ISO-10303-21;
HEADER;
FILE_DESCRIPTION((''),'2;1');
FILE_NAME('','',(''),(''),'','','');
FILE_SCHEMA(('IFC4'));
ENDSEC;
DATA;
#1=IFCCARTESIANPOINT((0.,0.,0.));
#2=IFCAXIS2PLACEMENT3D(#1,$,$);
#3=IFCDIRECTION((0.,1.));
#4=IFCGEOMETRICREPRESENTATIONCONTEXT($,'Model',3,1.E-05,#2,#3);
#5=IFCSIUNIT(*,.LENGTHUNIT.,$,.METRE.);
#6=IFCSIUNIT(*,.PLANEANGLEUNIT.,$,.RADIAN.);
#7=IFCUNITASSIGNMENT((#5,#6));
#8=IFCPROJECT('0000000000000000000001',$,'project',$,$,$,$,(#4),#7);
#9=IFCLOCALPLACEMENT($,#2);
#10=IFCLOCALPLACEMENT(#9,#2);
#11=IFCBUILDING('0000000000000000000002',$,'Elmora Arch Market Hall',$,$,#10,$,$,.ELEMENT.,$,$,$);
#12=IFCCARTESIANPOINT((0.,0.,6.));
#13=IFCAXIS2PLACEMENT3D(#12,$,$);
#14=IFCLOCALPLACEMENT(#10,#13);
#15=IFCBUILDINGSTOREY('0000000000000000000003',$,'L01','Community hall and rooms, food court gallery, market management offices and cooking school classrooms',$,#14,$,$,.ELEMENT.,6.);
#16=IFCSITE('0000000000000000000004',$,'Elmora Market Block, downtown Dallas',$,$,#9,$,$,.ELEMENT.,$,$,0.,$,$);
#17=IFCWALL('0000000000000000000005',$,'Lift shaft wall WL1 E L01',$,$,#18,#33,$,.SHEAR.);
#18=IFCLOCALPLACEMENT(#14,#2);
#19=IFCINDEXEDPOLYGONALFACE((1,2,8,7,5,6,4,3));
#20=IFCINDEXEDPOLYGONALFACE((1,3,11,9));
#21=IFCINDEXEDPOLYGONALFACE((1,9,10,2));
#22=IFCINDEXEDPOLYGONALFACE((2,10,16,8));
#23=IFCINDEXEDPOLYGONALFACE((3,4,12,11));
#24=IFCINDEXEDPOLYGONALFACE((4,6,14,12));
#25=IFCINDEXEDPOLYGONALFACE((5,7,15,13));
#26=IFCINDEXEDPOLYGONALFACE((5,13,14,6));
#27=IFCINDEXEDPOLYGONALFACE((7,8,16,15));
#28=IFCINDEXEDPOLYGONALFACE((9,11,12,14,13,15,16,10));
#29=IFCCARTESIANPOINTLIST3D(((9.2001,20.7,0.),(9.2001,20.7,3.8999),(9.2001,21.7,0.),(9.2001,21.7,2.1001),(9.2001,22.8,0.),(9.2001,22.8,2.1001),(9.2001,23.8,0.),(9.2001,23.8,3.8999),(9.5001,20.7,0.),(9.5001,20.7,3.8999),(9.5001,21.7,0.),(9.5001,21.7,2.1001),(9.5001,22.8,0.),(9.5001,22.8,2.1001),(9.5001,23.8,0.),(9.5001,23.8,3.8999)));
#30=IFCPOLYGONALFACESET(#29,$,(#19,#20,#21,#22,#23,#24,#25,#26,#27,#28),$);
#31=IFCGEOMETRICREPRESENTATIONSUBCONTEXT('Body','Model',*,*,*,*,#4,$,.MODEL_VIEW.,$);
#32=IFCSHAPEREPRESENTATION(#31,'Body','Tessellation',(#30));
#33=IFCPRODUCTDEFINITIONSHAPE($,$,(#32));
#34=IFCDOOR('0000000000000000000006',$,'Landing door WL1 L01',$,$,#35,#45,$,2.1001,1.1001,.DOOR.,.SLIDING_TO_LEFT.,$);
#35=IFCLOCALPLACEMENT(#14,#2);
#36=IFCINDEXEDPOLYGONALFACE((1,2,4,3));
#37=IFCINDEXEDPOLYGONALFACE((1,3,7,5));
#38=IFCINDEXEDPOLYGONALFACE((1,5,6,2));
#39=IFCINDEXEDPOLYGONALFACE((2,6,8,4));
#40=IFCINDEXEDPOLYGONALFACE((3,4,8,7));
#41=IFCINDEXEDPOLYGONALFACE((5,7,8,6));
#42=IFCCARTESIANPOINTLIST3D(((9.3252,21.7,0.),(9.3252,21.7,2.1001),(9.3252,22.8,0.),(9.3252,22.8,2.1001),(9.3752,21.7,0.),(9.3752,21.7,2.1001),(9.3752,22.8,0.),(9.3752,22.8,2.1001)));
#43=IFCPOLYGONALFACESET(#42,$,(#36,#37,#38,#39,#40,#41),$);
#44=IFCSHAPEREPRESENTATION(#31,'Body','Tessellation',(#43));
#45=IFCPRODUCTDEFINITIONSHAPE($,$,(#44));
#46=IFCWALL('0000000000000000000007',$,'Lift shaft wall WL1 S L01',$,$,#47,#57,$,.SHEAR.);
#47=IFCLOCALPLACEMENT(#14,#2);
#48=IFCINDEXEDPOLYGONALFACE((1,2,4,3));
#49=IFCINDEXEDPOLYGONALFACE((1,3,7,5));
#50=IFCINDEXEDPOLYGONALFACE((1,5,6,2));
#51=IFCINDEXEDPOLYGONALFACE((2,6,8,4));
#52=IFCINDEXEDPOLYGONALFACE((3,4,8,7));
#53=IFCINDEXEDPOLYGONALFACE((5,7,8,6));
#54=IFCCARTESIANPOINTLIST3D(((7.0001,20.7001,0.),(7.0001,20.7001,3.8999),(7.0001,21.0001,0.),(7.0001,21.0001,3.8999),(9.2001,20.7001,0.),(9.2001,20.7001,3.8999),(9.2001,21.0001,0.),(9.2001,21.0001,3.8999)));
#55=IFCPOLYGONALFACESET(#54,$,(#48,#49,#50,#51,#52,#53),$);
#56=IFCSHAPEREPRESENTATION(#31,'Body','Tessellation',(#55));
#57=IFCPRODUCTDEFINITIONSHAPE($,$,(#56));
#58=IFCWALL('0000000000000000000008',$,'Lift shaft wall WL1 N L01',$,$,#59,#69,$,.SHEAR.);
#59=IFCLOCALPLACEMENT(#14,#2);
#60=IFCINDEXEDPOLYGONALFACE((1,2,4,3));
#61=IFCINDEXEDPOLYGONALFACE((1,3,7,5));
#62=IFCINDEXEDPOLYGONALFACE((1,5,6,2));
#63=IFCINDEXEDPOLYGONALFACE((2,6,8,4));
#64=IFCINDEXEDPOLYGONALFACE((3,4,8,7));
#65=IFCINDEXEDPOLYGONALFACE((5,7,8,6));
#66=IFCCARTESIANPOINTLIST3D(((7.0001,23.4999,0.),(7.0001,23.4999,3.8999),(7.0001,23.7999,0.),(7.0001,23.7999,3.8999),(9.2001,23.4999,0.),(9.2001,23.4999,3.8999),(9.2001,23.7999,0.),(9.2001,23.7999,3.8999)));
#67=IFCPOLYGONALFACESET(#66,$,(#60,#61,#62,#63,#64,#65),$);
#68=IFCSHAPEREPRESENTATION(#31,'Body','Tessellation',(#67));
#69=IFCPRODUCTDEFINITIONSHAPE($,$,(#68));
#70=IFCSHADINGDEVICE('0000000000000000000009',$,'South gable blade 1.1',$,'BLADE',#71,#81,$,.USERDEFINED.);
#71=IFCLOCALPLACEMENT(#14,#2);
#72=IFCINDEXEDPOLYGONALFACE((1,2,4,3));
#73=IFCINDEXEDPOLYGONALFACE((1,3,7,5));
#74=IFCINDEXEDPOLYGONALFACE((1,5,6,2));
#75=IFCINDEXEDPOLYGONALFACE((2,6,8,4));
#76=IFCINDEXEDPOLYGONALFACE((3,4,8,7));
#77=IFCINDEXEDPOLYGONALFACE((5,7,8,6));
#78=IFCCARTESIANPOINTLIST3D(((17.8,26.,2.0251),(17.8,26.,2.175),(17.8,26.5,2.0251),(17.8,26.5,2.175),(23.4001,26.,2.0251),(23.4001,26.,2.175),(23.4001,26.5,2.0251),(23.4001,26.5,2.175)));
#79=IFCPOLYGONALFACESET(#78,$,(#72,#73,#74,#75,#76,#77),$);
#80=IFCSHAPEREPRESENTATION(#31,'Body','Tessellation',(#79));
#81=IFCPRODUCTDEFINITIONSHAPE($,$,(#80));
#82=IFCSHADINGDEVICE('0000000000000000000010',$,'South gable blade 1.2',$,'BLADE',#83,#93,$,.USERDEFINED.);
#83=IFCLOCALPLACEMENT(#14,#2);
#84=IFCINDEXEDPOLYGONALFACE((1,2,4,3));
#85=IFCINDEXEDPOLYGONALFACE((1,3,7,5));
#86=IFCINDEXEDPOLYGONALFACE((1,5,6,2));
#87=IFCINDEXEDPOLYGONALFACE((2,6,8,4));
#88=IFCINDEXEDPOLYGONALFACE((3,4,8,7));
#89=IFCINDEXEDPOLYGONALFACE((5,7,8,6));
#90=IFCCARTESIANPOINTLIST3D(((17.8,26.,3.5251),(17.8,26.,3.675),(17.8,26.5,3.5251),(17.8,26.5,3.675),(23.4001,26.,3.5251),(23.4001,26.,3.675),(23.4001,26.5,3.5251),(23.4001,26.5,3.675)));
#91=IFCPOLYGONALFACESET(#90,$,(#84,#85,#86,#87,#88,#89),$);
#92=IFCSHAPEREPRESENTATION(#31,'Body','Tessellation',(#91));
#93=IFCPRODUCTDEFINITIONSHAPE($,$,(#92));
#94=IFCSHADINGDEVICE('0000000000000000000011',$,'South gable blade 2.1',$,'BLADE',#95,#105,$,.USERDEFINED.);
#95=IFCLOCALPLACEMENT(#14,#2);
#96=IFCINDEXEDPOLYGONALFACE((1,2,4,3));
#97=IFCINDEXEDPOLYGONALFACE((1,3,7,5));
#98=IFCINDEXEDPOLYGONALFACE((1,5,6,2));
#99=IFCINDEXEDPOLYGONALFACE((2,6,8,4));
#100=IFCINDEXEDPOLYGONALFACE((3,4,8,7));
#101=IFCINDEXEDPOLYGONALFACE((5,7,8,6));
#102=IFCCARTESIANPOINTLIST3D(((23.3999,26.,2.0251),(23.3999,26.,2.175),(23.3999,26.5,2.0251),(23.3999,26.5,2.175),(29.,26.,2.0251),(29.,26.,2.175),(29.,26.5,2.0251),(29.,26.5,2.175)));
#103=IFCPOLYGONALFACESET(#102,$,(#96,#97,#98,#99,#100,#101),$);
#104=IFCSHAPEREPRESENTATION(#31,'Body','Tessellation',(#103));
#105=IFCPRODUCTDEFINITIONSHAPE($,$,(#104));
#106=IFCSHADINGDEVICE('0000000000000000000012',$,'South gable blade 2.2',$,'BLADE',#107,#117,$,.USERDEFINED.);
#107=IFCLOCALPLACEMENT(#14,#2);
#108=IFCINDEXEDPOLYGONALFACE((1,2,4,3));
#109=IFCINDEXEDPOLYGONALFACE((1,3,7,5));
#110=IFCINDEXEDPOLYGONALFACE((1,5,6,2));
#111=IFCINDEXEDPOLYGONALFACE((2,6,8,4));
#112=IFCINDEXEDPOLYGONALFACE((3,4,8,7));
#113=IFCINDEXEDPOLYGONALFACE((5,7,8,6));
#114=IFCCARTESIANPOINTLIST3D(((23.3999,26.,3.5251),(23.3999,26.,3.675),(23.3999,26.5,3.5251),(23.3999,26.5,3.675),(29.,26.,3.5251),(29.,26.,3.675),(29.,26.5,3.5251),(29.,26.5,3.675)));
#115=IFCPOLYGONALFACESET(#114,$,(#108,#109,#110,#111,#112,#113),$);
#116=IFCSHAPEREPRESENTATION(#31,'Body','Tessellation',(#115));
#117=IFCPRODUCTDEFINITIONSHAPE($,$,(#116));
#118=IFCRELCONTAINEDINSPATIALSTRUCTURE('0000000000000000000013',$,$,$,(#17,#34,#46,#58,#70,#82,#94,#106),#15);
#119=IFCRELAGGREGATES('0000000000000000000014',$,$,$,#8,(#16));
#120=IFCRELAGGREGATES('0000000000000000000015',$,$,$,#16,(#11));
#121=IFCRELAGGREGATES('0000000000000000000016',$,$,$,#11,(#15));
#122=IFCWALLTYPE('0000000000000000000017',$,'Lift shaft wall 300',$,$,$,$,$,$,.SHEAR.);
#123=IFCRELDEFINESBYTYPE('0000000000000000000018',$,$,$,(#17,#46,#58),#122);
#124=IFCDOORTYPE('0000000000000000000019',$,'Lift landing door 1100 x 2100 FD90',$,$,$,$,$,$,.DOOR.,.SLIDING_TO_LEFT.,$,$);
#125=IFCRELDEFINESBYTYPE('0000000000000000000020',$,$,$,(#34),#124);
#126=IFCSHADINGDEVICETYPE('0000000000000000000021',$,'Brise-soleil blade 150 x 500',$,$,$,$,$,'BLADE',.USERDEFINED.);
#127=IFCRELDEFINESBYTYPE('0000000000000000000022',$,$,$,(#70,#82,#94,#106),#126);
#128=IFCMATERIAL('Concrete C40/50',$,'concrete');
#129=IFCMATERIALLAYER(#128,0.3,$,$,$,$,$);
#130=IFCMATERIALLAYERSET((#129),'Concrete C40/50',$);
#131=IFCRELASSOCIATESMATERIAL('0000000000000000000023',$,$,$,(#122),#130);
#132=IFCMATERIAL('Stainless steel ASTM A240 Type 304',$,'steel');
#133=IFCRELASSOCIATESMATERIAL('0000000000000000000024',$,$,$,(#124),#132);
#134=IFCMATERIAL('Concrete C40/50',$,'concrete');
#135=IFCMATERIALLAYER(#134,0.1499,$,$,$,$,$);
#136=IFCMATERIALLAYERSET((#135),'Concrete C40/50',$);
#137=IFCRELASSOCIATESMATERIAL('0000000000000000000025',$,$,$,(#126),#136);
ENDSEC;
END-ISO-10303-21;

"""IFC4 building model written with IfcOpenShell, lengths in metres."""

from ifc_helpers import new_model, si_unit, direction, frame, frame_2d, origin, origin_2d, place, context, subcontext, project, spatial, rectangle, extrude, material, layer, layer_set, type_object, element, fill, save


model = new_model("IFC4")

# Units and contexts
model_context = context("Model", 3, precision=1e-05, world=origin(), true_north=direction((0.0, 1.0)))
body_context = subcontext(model_context, "Body", "Model", "MODEL_VIEW")
ifc_project = project(units=[si_unit("LENGTHUNIT", "METRE"), si_unit("PLANEANGLEUNIT", "RADIAN")], contexts=[model_context])

# Site, building, storey
site_placement = place(None, origin())
site = spatial("IfcSite", under=ifc_project, at=site_placement, Name="Elmora Market Block, downtown Dallas", CompositionType="ELEMENT", RefElevation=0.0)
building_placement = place(site_placement, origin())
building = spatial("IfcBuilding", under=site, at=building_placement, Name="Elmora Arch Market Hall", CompositionType="ELEMENT")
storey_placement = place(building_placement, frame((0.0, 0.0, 6.0)))
storey = spatial("IfcBuildingStorey", under=building, at=storey_placement, Name="L01", Description="Community hall and rooms, food court gallery, market management offices and cooking school classrooms", CompositionType="ELEMENT", Elevation=6.0)

# Shared definitions
ifc_material_1 = material(Name="Concrete C40/50", Category="concrete")
ifc_layer_1 = layer(ifc_material_1, 0.3)
ifc_layer_set_1 = layer_set([ifc_layer_1], Name="Concrete C40/50")
wall_type_1 = type_object("IfcWallType", Name="Lift shaft wall 300", PredefinedType="SHEAR", material=ifc_layer_set_1)

# Wall, opening, door
wall_1_placement = place(storey_placement, frame((9.3501, 20.7, 0.0), z_axis=(0.0, 0.0, 1.0), x_axis=(0.0, 1.0, 0.0)))
wall_1 = element("IfcWall", 1, at=wall_1_placement, inside=storey, type_object=wall_type_1, Name="Lift shaft wall WL1 E L01", PredefinedType="SHEAR", context=body_context, shape_type="SweptSolid", body=[
    extrude(rectangle(XDim=3.1001, YDim=0.3, at=frame_2d((1.55, 0.0))), origin(), (0.0, 0.0, 1.0), 3.8999),
])
opening_1_placement = place(wall_1_placement, frame((1.0, 0.0, 0.0)))
opening_1 = element("IfcOpeningElement", 2, at=opening_1_placement, cuts=wall_1, PredefinedType="OPENING", context=body_context, shape_type="SweptSolid", body=[
    extrude(rectangle(XDim=1.1001, YDim=2.1001, at=frame_2d((0.55, 1.05))), frame((0.0, 0.1599, 0.0), z_axis=(0.0, -1.0, 0.0), x_axis=(1.0, 0.0, 0.0)), (0.0, 0.0, 1.0), 0.3201),
])
ifc_material_2 = material(Name="Stainless steel ASTM A240 Type 304", Category="steel")
door_type = type_object("IfcDoorType", Name="Lift landing door 1100 x 2100 FD90", OperationType="SLIDING_TO_LEFT", PredefinedType="DOOR", material=ifc_material_2)
door_placement = place(opening_1_placement, origin())
door = element("IfcDoor", 3, at=door_placement, inside=storey, type_object=door_type, Name="Landing door WL1 L01", OperationType="SLIDING_TO_LEFT", OverallHeight=2.1001, OverallWidth=1.1001, PredefinedType="DOOR", context=body_context, shape_type="SweptSolid", body=[
    extrude(rectangle(XDim=1.1001, YDim=2.1001, at=frame_2d((0.55, 1.05))), frame((0.0, 0.0249, 0.0), z_axis=(0.0, -1.0, 0.0), x_axis=(1.0, 0.0, 0.0)), (0.0, 0.0, 1.0), 0.05),
])
fill(opening_1, door)

# Walls
for number, where, z_axis, x_axis, name in (
    (4, (7.0, 20.8501, 0.0), (0.0, 0.0, 1.0), (1.0, 0.0, 0.0), "Lift shaft wall WL1 S L01"),
    (5, (7.0, 23.6499, 0.0), (0.0, 0.0, 1.0), (1.0, 0.0, 0.0), "Lift shaft wall WL1 N L01"),
):
    element("IfcWall", number, at=place(storey_placement, frame(where, z_axis=z_axis, x_axis=x_axis)), inside=storey, type_object=wall_type_1, Name=name, PredefinedType="SHEAR", context=body_context, shape_type="SweptSolid", body=[
        extrude(rectangle(XDim=2.2, YDim=0.3, at=frame_2d((1.1001, 0.0))), origin(), (0.0, 0.0, 1.0), 3.8999),
    ])

# Shading devices
ifc_material_3 = material(Name="Concrete C40/50", Category="concrete")
ifc_layer_2 = layer(ifc_material_3, 0.1499)
ifc_layer_set_2 = layer_set([ifc_layer_2], Name="Concrete C40/50")
shading_device_type = type_object("IfcShadingDeviceType", Name="Brise-soleil blade 150 x 500", ElementType="BLADE", PredefinedType="USERDEFINED", material=ifc_layer_set_2)
for number, where, z_axis, x_axis, name in (
    (6, (20.6001, 26.25, 2.0251), (0.0, 0.0, 1.0), (1.0, 0.0, 0.0), "South gable blade 1.1"),
    (7, (20.6001, 26.25, 3.5251), (0.0, 0.0, 1.0), (1.0, 0.0, 0.0), "South gable blade 1.2"),
    (8, (26.2, 26.25, 2.0251), (0.0, 0.0, 1.0), (1.0, 0.0, 0.0), "South gable blade 2.1"),
    (9, (26.2, 26.25, 3.5251), (0.0, 0.0, 1.0), (1.0, 0.0, 0.0), "South gable blade 2.2"),
):
    element("IfcShadingDevice", number, at=place(storey_placement, frame(where, z_axis=z_axis, x_axis=x_axis)), inside=storey, type_object=shading_device_type, Name=name, ObjectType="BLADE", PredefinedType="USERDEFINED", context=body_context, shape_type="SweptSolid", body=[
        extrude(rectangle(XDim=5.6001, YDim=0.5, at=origin_2d()), origin(), (0.0, 0.0, 1.0), 0.1499),
    ])

save(model, "model.ifc")
